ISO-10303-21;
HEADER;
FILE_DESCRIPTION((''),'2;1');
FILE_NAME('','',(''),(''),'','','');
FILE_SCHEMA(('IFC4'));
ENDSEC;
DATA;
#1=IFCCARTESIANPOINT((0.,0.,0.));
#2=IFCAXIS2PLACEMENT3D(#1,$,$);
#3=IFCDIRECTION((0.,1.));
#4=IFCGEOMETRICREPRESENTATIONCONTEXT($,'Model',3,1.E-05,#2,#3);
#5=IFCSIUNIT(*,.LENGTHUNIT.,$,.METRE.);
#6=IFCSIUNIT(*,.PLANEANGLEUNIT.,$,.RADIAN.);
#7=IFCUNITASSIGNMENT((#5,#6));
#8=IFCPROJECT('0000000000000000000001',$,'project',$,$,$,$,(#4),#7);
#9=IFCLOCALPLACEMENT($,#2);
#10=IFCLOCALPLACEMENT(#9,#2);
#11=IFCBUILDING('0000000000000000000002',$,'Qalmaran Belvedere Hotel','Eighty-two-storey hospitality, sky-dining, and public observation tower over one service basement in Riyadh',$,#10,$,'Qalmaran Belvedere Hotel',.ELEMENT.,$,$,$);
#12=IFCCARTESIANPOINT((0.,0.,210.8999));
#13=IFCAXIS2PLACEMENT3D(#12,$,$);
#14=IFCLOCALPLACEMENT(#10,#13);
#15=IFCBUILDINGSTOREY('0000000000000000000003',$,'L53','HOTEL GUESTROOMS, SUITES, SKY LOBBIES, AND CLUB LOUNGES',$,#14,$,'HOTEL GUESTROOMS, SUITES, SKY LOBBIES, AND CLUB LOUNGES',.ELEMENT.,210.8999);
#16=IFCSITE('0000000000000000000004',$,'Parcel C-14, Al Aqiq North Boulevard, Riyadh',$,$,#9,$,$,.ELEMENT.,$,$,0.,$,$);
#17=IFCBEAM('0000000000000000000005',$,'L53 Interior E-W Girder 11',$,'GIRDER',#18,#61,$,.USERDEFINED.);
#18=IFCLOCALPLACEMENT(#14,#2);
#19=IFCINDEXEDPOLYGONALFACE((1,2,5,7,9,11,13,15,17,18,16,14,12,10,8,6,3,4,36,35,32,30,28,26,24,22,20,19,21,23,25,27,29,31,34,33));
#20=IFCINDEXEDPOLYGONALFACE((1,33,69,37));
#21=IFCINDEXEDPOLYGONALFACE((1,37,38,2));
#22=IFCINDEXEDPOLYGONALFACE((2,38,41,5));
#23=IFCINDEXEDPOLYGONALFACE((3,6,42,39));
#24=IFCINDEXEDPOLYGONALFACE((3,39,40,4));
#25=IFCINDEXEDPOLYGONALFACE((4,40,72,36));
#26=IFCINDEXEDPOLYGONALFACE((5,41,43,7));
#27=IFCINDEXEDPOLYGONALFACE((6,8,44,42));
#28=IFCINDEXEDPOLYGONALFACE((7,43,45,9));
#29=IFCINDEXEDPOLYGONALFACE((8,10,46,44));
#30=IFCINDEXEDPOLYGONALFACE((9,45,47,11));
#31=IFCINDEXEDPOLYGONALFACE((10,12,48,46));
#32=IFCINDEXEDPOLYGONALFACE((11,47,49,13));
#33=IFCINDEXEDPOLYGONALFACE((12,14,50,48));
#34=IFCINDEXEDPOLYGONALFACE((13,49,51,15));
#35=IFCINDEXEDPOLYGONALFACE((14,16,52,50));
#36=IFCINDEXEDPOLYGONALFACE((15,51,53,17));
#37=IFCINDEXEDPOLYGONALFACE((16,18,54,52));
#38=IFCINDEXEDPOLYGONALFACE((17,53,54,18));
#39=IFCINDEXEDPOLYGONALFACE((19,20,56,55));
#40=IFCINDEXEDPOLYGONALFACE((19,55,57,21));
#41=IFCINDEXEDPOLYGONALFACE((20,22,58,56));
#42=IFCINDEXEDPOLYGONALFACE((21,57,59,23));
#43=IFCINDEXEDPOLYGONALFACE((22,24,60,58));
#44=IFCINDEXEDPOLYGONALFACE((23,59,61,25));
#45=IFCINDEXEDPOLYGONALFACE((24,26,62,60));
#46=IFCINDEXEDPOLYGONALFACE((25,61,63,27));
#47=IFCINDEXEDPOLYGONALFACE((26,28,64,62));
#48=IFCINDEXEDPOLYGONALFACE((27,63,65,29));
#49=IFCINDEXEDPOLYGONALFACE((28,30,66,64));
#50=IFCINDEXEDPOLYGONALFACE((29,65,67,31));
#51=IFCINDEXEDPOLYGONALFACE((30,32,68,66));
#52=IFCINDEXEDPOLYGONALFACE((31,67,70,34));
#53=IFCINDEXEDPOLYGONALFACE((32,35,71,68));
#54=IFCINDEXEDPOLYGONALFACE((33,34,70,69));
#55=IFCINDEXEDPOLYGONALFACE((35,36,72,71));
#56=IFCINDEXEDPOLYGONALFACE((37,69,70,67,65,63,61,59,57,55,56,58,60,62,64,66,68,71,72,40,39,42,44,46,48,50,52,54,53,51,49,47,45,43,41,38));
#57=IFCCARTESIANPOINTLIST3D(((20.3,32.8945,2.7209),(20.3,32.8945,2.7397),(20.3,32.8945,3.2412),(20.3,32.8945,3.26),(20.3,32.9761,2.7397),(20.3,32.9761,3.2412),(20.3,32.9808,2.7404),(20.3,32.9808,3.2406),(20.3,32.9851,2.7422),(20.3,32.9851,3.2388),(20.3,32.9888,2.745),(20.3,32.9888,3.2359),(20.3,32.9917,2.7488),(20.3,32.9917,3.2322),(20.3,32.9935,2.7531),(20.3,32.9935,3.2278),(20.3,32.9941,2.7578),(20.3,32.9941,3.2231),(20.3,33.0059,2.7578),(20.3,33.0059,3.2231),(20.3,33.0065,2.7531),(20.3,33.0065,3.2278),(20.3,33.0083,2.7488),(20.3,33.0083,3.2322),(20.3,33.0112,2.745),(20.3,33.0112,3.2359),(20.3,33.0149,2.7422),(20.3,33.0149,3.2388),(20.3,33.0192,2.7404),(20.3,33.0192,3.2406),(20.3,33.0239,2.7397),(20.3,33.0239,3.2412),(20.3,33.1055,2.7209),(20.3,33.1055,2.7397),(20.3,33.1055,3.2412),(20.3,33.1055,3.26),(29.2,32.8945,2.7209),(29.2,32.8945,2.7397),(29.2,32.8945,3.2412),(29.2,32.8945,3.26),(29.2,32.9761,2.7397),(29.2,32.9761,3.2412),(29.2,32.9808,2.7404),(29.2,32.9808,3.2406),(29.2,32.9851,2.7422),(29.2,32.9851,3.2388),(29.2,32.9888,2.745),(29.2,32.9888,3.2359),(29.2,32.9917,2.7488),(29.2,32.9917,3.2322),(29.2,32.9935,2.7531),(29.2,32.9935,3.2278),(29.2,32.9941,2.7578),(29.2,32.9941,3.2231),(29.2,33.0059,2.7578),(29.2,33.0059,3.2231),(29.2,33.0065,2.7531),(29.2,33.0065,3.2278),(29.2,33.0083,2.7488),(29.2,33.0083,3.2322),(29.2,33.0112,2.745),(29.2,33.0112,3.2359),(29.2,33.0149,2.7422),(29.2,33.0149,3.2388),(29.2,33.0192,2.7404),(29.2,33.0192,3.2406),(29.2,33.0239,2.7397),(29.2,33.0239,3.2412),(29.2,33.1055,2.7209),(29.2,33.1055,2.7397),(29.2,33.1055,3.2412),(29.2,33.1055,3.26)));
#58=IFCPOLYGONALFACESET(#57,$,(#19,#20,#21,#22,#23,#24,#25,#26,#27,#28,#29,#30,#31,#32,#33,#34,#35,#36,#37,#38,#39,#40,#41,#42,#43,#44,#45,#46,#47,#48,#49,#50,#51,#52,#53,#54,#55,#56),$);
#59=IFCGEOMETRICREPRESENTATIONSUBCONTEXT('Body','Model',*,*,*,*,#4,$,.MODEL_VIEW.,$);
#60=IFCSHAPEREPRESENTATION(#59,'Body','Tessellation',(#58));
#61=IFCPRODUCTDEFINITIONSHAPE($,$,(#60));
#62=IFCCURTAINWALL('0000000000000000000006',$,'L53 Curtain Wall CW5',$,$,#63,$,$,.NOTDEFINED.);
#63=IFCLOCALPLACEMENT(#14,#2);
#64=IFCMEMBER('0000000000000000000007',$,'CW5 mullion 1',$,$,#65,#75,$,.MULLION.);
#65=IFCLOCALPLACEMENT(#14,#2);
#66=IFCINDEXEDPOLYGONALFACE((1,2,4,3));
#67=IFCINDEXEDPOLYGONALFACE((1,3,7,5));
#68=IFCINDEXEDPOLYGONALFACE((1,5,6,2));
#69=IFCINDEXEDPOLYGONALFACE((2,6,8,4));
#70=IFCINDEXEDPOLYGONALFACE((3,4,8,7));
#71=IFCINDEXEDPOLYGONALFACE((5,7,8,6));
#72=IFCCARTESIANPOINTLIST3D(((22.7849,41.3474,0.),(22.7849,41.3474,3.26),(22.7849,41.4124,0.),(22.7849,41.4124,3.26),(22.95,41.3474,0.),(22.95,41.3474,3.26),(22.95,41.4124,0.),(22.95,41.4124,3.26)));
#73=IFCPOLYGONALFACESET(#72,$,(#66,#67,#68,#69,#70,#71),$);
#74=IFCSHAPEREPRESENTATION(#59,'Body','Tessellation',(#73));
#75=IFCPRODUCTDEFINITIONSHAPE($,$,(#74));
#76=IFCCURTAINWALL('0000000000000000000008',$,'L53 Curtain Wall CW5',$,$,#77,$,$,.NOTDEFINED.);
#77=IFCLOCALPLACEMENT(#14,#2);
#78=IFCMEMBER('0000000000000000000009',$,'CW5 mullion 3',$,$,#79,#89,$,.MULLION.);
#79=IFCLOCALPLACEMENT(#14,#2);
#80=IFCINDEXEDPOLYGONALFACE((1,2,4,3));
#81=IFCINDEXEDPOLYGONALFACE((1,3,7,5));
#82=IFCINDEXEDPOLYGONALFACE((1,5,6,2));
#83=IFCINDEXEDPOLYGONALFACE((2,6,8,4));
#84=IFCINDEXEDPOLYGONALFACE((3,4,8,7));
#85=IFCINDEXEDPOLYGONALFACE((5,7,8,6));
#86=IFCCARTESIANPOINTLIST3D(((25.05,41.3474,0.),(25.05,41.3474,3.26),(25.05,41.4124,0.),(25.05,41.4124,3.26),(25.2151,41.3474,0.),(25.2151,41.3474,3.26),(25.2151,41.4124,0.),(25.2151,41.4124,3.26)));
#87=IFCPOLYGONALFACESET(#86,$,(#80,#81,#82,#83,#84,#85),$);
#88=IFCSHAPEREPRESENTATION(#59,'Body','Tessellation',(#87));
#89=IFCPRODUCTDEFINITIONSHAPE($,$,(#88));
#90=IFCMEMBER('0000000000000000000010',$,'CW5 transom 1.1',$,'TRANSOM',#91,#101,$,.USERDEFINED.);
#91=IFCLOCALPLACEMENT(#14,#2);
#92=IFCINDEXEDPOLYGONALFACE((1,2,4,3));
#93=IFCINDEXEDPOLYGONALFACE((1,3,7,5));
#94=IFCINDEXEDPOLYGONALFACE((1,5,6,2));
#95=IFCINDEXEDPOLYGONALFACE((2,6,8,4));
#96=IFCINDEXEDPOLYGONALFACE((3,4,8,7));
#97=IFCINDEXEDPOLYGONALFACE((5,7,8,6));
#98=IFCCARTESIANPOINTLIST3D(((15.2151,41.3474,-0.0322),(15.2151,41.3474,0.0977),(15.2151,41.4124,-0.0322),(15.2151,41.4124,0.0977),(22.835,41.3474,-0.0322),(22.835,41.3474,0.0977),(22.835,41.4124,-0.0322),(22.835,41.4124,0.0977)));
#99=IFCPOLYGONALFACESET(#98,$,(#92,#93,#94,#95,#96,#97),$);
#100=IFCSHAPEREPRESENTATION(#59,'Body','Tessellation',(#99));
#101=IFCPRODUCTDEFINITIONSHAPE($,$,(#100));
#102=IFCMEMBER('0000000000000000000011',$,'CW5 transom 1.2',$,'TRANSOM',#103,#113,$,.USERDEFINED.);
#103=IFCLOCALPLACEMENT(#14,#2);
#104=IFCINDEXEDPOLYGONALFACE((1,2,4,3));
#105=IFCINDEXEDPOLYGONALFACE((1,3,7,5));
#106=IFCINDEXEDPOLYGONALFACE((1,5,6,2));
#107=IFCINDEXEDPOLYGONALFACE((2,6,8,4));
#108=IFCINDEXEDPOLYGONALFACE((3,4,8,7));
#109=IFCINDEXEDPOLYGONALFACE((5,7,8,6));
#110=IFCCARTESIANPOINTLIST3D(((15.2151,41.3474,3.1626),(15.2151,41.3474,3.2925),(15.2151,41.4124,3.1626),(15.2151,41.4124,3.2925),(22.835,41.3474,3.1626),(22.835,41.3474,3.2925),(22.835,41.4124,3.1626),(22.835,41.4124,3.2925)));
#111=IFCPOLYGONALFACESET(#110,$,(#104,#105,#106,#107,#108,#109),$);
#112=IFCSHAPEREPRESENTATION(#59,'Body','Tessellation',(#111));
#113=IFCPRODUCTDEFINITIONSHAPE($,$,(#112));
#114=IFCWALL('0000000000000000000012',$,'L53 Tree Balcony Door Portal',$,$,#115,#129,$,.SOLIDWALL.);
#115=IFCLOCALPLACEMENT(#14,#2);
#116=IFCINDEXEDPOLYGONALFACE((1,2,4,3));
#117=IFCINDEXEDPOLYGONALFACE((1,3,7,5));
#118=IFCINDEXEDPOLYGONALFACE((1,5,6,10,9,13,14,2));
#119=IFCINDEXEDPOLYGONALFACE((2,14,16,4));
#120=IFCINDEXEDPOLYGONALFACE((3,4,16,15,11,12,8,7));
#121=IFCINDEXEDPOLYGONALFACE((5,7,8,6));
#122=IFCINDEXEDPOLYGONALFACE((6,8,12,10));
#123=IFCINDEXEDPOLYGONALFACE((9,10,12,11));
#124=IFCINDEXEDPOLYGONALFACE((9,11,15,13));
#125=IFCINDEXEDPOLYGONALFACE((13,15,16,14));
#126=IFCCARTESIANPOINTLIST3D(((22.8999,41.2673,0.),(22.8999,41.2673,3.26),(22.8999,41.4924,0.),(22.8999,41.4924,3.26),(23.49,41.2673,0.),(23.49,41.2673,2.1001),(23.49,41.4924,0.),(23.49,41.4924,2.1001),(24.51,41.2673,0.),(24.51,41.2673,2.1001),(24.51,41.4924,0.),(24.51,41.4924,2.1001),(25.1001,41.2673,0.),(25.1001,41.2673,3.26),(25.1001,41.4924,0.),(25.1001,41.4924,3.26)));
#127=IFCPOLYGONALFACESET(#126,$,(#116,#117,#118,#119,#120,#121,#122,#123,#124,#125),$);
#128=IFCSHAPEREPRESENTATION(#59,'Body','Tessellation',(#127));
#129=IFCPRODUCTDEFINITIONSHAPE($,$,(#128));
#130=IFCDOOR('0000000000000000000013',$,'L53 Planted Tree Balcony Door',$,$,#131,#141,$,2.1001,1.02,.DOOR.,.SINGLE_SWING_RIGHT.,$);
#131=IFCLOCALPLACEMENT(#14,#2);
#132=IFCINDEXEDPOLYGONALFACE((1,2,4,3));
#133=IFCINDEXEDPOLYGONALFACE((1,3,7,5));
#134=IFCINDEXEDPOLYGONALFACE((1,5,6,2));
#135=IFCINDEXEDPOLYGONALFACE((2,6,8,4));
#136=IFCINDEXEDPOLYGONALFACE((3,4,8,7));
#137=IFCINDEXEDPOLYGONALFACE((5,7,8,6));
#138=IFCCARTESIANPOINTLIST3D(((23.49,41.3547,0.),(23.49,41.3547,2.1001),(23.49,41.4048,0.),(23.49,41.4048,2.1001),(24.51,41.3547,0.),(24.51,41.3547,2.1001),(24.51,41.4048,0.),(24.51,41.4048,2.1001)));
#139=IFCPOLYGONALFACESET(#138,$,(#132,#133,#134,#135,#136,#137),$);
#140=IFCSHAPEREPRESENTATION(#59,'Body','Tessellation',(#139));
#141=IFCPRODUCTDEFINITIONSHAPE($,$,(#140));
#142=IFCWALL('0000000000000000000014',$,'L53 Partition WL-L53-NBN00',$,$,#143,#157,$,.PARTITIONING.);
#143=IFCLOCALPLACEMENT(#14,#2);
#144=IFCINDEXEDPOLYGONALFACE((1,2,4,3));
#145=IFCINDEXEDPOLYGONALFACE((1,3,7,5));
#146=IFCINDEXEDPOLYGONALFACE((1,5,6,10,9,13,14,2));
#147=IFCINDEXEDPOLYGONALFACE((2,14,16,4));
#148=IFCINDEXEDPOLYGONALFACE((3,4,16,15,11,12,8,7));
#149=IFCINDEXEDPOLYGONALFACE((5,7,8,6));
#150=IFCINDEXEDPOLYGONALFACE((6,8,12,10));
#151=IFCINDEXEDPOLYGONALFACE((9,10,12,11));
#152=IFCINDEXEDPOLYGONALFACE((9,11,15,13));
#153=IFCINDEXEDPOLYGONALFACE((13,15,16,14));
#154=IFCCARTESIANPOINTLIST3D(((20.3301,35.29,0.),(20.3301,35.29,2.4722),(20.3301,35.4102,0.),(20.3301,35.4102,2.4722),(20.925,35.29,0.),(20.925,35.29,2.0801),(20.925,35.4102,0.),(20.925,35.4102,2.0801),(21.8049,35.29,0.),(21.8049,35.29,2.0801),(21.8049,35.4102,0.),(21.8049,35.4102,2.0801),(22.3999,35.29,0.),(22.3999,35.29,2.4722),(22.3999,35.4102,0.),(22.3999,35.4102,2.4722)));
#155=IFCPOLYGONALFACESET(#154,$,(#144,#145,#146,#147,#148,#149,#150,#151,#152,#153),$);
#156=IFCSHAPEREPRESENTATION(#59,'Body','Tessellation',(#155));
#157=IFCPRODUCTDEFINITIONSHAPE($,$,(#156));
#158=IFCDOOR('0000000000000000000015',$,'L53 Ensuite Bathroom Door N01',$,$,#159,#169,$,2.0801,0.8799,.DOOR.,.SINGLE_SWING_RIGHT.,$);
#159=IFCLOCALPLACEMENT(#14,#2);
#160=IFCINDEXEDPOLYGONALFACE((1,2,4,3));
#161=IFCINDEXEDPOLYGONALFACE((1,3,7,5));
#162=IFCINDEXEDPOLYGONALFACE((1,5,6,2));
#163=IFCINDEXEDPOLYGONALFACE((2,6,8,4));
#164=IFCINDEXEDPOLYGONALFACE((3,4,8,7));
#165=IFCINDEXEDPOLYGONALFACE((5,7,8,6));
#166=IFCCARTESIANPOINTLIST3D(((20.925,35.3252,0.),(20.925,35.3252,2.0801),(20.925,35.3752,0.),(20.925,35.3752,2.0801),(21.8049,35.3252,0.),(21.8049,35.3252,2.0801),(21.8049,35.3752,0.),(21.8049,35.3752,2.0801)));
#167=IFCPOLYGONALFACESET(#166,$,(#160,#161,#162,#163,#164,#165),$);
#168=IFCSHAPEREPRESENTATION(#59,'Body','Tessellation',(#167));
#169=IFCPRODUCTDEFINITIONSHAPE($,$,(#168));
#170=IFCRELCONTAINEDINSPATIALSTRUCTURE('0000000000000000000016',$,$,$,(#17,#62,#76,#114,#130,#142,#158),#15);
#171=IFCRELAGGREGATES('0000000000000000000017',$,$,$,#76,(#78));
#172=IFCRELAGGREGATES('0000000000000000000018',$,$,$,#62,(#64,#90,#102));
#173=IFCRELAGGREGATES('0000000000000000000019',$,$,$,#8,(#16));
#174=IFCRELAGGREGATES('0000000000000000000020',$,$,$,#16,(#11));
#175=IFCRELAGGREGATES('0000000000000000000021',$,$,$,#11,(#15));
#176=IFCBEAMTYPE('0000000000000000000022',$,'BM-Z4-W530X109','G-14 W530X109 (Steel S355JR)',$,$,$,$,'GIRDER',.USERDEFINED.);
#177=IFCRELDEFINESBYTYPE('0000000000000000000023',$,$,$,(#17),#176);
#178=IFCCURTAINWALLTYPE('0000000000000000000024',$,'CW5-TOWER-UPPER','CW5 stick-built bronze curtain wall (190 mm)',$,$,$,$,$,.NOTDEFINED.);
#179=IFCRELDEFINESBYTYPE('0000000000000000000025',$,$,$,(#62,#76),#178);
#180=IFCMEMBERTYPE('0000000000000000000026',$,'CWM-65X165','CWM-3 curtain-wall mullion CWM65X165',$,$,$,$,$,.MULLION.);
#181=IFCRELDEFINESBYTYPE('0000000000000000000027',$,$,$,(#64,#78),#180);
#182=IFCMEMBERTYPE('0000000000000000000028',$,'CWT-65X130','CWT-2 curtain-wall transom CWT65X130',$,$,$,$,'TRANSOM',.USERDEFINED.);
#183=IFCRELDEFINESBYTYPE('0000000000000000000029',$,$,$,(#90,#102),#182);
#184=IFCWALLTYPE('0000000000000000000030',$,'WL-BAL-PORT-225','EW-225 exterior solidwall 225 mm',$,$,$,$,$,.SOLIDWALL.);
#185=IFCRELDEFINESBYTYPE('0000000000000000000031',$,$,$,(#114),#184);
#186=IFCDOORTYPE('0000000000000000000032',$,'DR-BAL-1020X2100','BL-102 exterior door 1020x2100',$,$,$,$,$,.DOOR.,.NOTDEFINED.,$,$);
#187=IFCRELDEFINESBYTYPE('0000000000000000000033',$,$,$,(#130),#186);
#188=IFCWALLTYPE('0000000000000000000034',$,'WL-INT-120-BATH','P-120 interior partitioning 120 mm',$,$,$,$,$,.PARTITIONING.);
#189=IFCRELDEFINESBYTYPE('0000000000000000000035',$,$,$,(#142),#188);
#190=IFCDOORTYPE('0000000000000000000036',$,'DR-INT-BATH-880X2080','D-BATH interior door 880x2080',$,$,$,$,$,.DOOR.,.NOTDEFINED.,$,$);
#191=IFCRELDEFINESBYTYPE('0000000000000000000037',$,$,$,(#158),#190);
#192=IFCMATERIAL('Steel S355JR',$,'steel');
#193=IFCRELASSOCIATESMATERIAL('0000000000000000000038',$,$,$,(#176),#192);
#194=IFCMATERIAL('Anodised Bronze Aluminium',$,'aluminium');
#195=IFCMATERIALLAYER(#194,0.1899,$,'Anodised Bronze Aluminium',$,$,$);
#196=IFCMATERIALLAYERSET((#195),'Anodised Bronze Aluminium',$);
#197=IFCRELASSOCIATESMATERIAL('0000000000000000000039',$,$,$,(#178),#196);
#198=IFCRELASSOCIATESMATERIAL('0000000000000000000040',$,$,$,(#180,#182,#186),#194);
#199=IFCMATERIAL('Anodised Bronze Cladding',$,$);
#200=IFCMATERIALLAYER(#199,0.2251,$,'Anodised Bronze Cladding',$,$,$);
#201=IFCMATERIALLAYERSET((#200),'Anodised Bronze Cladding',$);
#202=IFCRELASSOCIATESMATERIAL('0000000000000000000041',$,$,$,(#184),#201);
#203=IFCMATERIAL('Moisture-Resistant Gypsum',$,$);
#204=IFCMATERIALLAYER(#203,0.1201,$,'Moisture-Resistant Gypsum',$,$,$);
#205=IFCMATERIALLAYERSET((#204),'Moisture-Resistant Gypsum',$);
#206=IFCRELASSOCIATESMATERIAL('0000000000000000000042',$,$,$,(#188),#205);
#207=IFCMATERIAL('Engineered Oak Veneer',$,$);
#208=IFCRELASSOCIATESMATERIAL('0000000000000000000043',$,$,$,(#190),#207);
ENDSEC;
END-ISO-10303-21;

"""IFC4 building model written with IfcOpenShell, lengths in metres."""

from ifc_helpers import new_model, si_unit, direction, frame, frame_2d, origin, origin_2d, place, context, subcontext, project, spatial, rectangle, i_section, extrude, material, layer, layer_set, material_profile, profile_set, type_object, element, fill, aggregate, save


model = new_model("IFC4")

# Units and contexts
model_context = context("Model", 3, precision=1e-05, world=origin(), true_north=direction((0.0, 1.0)))
body_context = subcontext(model_context, "Body", "Model", "MODEL_VIEW")
ifc_project = project(units=[si_unit("LENGTHUNIT", "METRE"), si_unit("PLANEANGLEUNIT", "RADIAN")], contexts=[model_context])

# Site, building, storey
site_placement = place(None, origin())
site = spatial("IfcSite", under=ifc_project, at=site_placement, Name="Parcel C-14, Al Aqiq North Boulevard, Riyadh", CompositionType="ELEMENT", RefElevation=0.0)
building_placement = place(site_placement, origin())
building = spatial("IfcBuilding", under=site, at=building_placement, Name="Qalmaran Belvedere Hotel", Description="Eighty-two-storey hospitality, sky-dining, and public observation tower over one service basement in Riyadh", LongName="Qalmaran Belvedere Hotel", CompositionType="ELEMENT")
storey_placement = place(building_placement, frame((0.0, 0.0, 210.8999)))
storey = spatial("IfcBuildingStorey", under=building, at=storey_placement, Name="L53", Description="HOTEL GUESTROOMS, SUITES, SKY LOBBIES, AND CLUB LOUNGES", LongName="HOTEL GUESTROOMS, SUITES, SKY LOBBIES, AND CLUB LOUNGES", CompositionType="ELEMENT", Elevation=210.8999)

# Beam
ifc_material_1 = material(Name="Steel S355JR", Category="steel")
ifc_material_profile_1 = material_profile(ifc_material_1, i_section(OverallWidth=0.2109, OverallDepth=0.5391, WebThickness=0.0117, FlangeThickness=0.0188, FilletRadius=0.0181, at=origin_2d()), Name="W530X109")
ifc_profile_set_1 = profile_set([ifc_material_profile_1], Name="Steel S355JR")
beam_type_1 = type_object("IfcBeamType", Name="BM-Z4-W530X109", Description="G-14 W530X109 (Steel S355JR)", ElementType="GIRDER", PredefinedType="USERDEFINED", material=ifc_profile_set_1)
beam_1_placement = place(storey_placement, frame((20.3, 33.0, 2.9905), z_axis=(1.0, 0.0, 0.0), x_axis=(0.0, 1.0, 0.0)))
element("IfcBeam", 1, at=beam_1_placement, inside=storey, type_object=beam_type_1, Name="L53 Interior E-W Girder 11", ObjectType="GIRDER", PredefinedType="USERDEFINED", context=body_context, shape_type="SweptSolid", body=[
    extrude(i_section(OverallWidth=0.2109, OverallDepth=0.5391, WebThickness=0.0117, FlangeThickness=0.0188, FilletRadius=0.0181, at=origin_2d()), origin(), (0.0, 0.0, 1.0), 8.8999),
])

# Curtain walls, members
ifc_material_2 = material(Name="Anodised Bronze Aluminium", Category="aluminium")
ifc_layer_1 = layer(ifc_material_2, 0.1899, Name="Anodised Bronze Aluminium")
ifc_layer_set_1 = layer_set([ifc_layer_1], Name="Anodised Bronze Aluminium")
curtain_wall_type = type_object("IfcCurtainWallType", Name="CW5-TOWER-UPPER", Description="CW5 stick-built bronze curtain wall (190 mm)", PredefinedType="NOTDEFINED", material=ifc_layer_set_1)
curtain_wall_1_placement = place(storey_placement, origin())
curtain_wall_1 = element("IfcCurtainWall", 2, at=curtain_wall_1_placement, inside=storey, type_object=curtain_wall_type, Name="L53 Curtain Wall CW5", PredefinedType="NOTDEFINED")
ifc_material_profile_2 = material_profile(ifc_material_2, rectangle(XDim=0.0649, YDim=0.165, at=origin_2d()), Name="CWM65X165")
ifc_profile_set_2 = profile_set([ifc_material_profile_2], Name="Anodised Bronze Aluminium")
member_type_1 = type_object("IfcMemberType", Name="CWM-65X165", Description="CWM-3 curtain-wall mullion CWM65X165", PredefinedType="MULLION", material=ifc_profile_set_2)
member_1_placement = place(storey_placement, frame((22.8674, 41.3799, 0.0), z_axis=(0.0, 0.0, 1.0), x_axis=(0.0, -1.0, 0.0)))
member_1 = element("IfcMember", 3, at=member_1_placement, type_object=member_type_1, Name="CW5 mullion 1", PredefinedType="MULLION", context=body_context, shape_type="SweptSolid", body=[
    extrude(rectangle(XDim=0.0649, YDim=0.165, at=origin_2d()), origin(), (0.0, 0.0, 1.0), 3.26),
])
curtain_wall_2_placement = place(storey_placement, origin())
curtain_wall_2 = element("IfcCurtainWall", 4, at=curtain_wall_2_placement, inside=storey, type_object=curtain_wall_type, Name="L53 Curtain Wall CW5", PredefinedType="NOTDEFINED")
member_2_placement = place(storey_placement, frame((25.1326, 41.3799, 0.0), z_axis=(0.0, 0.0, 1.0), x_axis=(0.0, -1.0, 0.0)))
member_2 = element("IfcMember", 5, at=member_2_placement, type_object=member_type_1, Name="CW5 mullion 3", PredefinedType="MULLION", context=body_context, shape_type="SweptSolid", body=[
    extrude(rectangle(XDim=0.0649, YDim=0.165, at=origin_2d()), origin(), (0.0, 0.0, 1.0), 3.26),
])
aggregate(curtain_wall_2, [member_2])

# Members
ifc_material_profile_3 = material_profile(ifc_material_2, rectangle(XDim=0.0649, YDim=0.1299, at=origin_2d()), Name="CWT65X130")
ifc_profile_set_3 = profile_set([ifc_material_profile_3], Name="Anodised Bronze Aluminium")
member_type_2 = type_object("IfcMemberType", Name="CWT-65X130", Description="CWT-2 curtain-wall transom CWT65X130", ElementType="TRANSOM", PredefinedType="USERDEFINED", material=ifc_profile_set_3)
member_3_placement = place(storey_placement, frame((22.835, 41.3799, 0.0327), z_axis=(-1.0, 0.0, 0.0), x_axis=(0.0, -1.0, 0.0)))
member_3 = element("IfcMember", 6, at=member_3_placement, type_object=member_type_2, Name="CW5 transom 1.1", ObjectType="TRANSOM", PredefinedType="USERDEFINED", context=body_context, shape_type="SweptSolid", body=[
    extrude(rectangle(XDim=0.0649, YDim=0.1299, at=origin_2d()), origin(), (0.0, 0.0, 1.0), 7.6199),
])
member_4_placement = place(storey_placement, frame((22.835, 41.3799, 3.2275), z_axis=(-1.0, 0.0, 0.0), x_axis=(0.0, -1.0, 0.0)))
member_4 = element("IfcMember", 7, at=member_4_placement, type_object=member_type_2, Name="CW5 transom 1.2", ObjectType="TRANSOM", PredefinedType="USERDEFINED", context=body_context, shape_type="SweptSolid", body=[
    extrude(rectangle(XDim=0.0649, YDim=0.1299, at=origin_2d()), origin(), (0.0, 0.0, 1.0), 7.6199),
])
aggregate(curtain_wall_1, [member_1, member_3, member_4])

# Walls, openings, doors
ifc_material_3 = material(Name="Anodised Bronze Cladding")
ifc_layer_2 = layer(ifc_material_3, 0.2251, Name="Anodised Bronze Cladding")
ifc_layer_set_2 = layer_set([ifc_layer_2], Name="Anodised Bronze Cladding")
wall_type_1 = type_object("IfcWallType", Name="WL-BAL-PORT-225", Description="EW-225 exterior solidwall 225 mm", PredefinedType="SOLIDWALL", material=ifc_layer_set_2)
wall_1_placement = place(storey_placement, frame((22.8999, 41.3799, 0.0), z_axis=(0.0, 0.0, 1.0), x_axis=(1.0, 0.0, 0.0)))
wall_1 = element("IfcWall", 8, at=wall_1_placement, inside=storey, type_object=wall_type_1, Name="L53 Tree Balcony Door Portal", PredefinedType="SOLIDWALL", context=body_context, shape_type="SweptSolid", body=[
    extrude(rectangle(XDim=2.2002, YDim=0.2251, at=frame_2d((1.1001, 0.0))), origin(), (0.0, 0.0, 1.0), 3.26),
])
opening_1_placement = place(wall_1_placement, frame((0.5901, 0.0, 0.0)))
opening_1 = element("IfcOpeningElement", 9, at=opening_1_placement, cuts=wall_1, PredefinedType="OPENING", context=body_context, shape_type="SweptSolid", body=[
    extrude(rectangle(XDim=1.02, YDim=2.1001, at=frame_2d((0.51, 1.05))), frame((0.0, 0.1226, 0.0), z_axis=(0.0, -1.0, 0.0), x_axis=(1.0, 0.0, 0.0)), (0.0, 0.0, 1.0), 0.2451),
])
door_type_1 = type_object("IfcDoorType", Name="DR-BAL-1020X2100", Description="BL-102 exterior door 1020x2100", OperationType="NOTDEFINED", PredefinedType="DOOR", material=ifc_material_2)
door_1_placement = place(opening_1_placement, origin())
door_1 = element("IfcDoor", 10, at=door_1_placement, inside=storey, type_object=door_type_1, Name="L53 Planted Tree Balcony Door", OperationType="SINGLE_SWING_RIGHT", OverallHeight=2.1001, OverallWidth=1.02, PredefinedType="DOOR", context=body_context, shape_type="SweptSolid", body=[
    extrude(rectangle(XDim=1.02, YDim=2.1001, at=frame_2d((0.51, 1.05))), frame((0.0, 0.0249, 0.0), z_axis=(0.0, -1.0, 0.0), x_axis=(1.0, 0.0, 0.0)), (0.0, 0.0, 1.0), 0.05),
])
fill(opening_1, door_1)
ifc_material_4 = material(Name="Moisture-Resistant Gypsum")
ifc_layer_3 = layer(ifc_material_4, 0.1201, Name="Moisture-Resistant Gypsum")
ifc_layer_set_3 = layer_set([ifc_layer_3], Name="Moisture-Resistant Gypsum")
wall_type_2 = type_object("IfcWallType", Name="WL-INT-120-BATH", Description="P-120 interior partitioning 120 mm", PredefinedType="PARTITIONING", material=ifc_layer_set_3)
wall_2_placement = place(storey_placement, frame((20.3301, 35.3501, 0.0), z_axis=(0.0, 0.0, 1.0), x_axis=(1.0, 0.0, 0.0)))
wall_2 = element("IfcWall", 11, at=wall_2_placement, inside=storey, type_object=wall_type_2, Name="L53 Partition WL-L53-NBN00", PredefinedType="PARTITIONING", context=body_context, shape_type="SweptSolid", body=[
    extrude(rectangle(XDim=2.0698, YDim=0.1201, at=frame_2d((1.0349, 0.0))), origin(), (0.0, 0.0, 1.0), 2.4722),
])
opening_2_placement = place(wall_2_placement, frame((1.4749, 0.0, 0.0), z_axis=(0.0, 0.0, 1.0), x_axis=(-1.0, 0.0, 0.0)))
opening_2 = element("IfcOpeningElement", 12, at=opening_2_placement, cuts=wall_2, PredefinedType="OPENING", context=body_context, shape_type="SweptSolid", body=[
    extrude(rectangle(XDim=0.8799, YDim=2.0801, at=frame_2d((0.4399, 1.04))), frame((0.0, 0.0701, 0.0), z_axis=(0.0, -1.0, 0.0), x_axis=(1.0, 0.0, 0.0)), (0.0, 0.0, 1.0), 0.1401),
])
ifc_material_5 = material(Name="Engineered Oak Veneer")
door_type_2 = type_object("IfcDoorType", Name="DR-INT-BATH-880X2080", Description="D-BATH interior door 880x2080", OperationType="NOTDEFINED", PredefinedType="DOOR", material=ifc_material_5)
door_2_placement = place(opening_2_placement, origin())
door_2 = element("IfcDoor", 13, at=door_2_placement, inside=storey, type_object=door_type_2, Name="L53 Ensuite Bathroom Door N01", OperationType="SINGLE_SWING_RIGHT", OverallHeight=2.0801, OverallWidth=0.8799, PredefinedType="DOOR", context=body_context, shape_type="SweptSolid", body=[
    extrude(rectangle(XDim=0.8799, YDim=2.0801, at=frame_2d((0.4399, 1.04))), frame((0.0, 0.0249, 0.0), z_axis=(0.0, -1.0, 0.0), x_axis=(1.0, 0.0, 0.0)), (0.0, 0.0, 1.0), 0.05),
])
fill(opening_2, door_2)

save(model, "model.ifc")
